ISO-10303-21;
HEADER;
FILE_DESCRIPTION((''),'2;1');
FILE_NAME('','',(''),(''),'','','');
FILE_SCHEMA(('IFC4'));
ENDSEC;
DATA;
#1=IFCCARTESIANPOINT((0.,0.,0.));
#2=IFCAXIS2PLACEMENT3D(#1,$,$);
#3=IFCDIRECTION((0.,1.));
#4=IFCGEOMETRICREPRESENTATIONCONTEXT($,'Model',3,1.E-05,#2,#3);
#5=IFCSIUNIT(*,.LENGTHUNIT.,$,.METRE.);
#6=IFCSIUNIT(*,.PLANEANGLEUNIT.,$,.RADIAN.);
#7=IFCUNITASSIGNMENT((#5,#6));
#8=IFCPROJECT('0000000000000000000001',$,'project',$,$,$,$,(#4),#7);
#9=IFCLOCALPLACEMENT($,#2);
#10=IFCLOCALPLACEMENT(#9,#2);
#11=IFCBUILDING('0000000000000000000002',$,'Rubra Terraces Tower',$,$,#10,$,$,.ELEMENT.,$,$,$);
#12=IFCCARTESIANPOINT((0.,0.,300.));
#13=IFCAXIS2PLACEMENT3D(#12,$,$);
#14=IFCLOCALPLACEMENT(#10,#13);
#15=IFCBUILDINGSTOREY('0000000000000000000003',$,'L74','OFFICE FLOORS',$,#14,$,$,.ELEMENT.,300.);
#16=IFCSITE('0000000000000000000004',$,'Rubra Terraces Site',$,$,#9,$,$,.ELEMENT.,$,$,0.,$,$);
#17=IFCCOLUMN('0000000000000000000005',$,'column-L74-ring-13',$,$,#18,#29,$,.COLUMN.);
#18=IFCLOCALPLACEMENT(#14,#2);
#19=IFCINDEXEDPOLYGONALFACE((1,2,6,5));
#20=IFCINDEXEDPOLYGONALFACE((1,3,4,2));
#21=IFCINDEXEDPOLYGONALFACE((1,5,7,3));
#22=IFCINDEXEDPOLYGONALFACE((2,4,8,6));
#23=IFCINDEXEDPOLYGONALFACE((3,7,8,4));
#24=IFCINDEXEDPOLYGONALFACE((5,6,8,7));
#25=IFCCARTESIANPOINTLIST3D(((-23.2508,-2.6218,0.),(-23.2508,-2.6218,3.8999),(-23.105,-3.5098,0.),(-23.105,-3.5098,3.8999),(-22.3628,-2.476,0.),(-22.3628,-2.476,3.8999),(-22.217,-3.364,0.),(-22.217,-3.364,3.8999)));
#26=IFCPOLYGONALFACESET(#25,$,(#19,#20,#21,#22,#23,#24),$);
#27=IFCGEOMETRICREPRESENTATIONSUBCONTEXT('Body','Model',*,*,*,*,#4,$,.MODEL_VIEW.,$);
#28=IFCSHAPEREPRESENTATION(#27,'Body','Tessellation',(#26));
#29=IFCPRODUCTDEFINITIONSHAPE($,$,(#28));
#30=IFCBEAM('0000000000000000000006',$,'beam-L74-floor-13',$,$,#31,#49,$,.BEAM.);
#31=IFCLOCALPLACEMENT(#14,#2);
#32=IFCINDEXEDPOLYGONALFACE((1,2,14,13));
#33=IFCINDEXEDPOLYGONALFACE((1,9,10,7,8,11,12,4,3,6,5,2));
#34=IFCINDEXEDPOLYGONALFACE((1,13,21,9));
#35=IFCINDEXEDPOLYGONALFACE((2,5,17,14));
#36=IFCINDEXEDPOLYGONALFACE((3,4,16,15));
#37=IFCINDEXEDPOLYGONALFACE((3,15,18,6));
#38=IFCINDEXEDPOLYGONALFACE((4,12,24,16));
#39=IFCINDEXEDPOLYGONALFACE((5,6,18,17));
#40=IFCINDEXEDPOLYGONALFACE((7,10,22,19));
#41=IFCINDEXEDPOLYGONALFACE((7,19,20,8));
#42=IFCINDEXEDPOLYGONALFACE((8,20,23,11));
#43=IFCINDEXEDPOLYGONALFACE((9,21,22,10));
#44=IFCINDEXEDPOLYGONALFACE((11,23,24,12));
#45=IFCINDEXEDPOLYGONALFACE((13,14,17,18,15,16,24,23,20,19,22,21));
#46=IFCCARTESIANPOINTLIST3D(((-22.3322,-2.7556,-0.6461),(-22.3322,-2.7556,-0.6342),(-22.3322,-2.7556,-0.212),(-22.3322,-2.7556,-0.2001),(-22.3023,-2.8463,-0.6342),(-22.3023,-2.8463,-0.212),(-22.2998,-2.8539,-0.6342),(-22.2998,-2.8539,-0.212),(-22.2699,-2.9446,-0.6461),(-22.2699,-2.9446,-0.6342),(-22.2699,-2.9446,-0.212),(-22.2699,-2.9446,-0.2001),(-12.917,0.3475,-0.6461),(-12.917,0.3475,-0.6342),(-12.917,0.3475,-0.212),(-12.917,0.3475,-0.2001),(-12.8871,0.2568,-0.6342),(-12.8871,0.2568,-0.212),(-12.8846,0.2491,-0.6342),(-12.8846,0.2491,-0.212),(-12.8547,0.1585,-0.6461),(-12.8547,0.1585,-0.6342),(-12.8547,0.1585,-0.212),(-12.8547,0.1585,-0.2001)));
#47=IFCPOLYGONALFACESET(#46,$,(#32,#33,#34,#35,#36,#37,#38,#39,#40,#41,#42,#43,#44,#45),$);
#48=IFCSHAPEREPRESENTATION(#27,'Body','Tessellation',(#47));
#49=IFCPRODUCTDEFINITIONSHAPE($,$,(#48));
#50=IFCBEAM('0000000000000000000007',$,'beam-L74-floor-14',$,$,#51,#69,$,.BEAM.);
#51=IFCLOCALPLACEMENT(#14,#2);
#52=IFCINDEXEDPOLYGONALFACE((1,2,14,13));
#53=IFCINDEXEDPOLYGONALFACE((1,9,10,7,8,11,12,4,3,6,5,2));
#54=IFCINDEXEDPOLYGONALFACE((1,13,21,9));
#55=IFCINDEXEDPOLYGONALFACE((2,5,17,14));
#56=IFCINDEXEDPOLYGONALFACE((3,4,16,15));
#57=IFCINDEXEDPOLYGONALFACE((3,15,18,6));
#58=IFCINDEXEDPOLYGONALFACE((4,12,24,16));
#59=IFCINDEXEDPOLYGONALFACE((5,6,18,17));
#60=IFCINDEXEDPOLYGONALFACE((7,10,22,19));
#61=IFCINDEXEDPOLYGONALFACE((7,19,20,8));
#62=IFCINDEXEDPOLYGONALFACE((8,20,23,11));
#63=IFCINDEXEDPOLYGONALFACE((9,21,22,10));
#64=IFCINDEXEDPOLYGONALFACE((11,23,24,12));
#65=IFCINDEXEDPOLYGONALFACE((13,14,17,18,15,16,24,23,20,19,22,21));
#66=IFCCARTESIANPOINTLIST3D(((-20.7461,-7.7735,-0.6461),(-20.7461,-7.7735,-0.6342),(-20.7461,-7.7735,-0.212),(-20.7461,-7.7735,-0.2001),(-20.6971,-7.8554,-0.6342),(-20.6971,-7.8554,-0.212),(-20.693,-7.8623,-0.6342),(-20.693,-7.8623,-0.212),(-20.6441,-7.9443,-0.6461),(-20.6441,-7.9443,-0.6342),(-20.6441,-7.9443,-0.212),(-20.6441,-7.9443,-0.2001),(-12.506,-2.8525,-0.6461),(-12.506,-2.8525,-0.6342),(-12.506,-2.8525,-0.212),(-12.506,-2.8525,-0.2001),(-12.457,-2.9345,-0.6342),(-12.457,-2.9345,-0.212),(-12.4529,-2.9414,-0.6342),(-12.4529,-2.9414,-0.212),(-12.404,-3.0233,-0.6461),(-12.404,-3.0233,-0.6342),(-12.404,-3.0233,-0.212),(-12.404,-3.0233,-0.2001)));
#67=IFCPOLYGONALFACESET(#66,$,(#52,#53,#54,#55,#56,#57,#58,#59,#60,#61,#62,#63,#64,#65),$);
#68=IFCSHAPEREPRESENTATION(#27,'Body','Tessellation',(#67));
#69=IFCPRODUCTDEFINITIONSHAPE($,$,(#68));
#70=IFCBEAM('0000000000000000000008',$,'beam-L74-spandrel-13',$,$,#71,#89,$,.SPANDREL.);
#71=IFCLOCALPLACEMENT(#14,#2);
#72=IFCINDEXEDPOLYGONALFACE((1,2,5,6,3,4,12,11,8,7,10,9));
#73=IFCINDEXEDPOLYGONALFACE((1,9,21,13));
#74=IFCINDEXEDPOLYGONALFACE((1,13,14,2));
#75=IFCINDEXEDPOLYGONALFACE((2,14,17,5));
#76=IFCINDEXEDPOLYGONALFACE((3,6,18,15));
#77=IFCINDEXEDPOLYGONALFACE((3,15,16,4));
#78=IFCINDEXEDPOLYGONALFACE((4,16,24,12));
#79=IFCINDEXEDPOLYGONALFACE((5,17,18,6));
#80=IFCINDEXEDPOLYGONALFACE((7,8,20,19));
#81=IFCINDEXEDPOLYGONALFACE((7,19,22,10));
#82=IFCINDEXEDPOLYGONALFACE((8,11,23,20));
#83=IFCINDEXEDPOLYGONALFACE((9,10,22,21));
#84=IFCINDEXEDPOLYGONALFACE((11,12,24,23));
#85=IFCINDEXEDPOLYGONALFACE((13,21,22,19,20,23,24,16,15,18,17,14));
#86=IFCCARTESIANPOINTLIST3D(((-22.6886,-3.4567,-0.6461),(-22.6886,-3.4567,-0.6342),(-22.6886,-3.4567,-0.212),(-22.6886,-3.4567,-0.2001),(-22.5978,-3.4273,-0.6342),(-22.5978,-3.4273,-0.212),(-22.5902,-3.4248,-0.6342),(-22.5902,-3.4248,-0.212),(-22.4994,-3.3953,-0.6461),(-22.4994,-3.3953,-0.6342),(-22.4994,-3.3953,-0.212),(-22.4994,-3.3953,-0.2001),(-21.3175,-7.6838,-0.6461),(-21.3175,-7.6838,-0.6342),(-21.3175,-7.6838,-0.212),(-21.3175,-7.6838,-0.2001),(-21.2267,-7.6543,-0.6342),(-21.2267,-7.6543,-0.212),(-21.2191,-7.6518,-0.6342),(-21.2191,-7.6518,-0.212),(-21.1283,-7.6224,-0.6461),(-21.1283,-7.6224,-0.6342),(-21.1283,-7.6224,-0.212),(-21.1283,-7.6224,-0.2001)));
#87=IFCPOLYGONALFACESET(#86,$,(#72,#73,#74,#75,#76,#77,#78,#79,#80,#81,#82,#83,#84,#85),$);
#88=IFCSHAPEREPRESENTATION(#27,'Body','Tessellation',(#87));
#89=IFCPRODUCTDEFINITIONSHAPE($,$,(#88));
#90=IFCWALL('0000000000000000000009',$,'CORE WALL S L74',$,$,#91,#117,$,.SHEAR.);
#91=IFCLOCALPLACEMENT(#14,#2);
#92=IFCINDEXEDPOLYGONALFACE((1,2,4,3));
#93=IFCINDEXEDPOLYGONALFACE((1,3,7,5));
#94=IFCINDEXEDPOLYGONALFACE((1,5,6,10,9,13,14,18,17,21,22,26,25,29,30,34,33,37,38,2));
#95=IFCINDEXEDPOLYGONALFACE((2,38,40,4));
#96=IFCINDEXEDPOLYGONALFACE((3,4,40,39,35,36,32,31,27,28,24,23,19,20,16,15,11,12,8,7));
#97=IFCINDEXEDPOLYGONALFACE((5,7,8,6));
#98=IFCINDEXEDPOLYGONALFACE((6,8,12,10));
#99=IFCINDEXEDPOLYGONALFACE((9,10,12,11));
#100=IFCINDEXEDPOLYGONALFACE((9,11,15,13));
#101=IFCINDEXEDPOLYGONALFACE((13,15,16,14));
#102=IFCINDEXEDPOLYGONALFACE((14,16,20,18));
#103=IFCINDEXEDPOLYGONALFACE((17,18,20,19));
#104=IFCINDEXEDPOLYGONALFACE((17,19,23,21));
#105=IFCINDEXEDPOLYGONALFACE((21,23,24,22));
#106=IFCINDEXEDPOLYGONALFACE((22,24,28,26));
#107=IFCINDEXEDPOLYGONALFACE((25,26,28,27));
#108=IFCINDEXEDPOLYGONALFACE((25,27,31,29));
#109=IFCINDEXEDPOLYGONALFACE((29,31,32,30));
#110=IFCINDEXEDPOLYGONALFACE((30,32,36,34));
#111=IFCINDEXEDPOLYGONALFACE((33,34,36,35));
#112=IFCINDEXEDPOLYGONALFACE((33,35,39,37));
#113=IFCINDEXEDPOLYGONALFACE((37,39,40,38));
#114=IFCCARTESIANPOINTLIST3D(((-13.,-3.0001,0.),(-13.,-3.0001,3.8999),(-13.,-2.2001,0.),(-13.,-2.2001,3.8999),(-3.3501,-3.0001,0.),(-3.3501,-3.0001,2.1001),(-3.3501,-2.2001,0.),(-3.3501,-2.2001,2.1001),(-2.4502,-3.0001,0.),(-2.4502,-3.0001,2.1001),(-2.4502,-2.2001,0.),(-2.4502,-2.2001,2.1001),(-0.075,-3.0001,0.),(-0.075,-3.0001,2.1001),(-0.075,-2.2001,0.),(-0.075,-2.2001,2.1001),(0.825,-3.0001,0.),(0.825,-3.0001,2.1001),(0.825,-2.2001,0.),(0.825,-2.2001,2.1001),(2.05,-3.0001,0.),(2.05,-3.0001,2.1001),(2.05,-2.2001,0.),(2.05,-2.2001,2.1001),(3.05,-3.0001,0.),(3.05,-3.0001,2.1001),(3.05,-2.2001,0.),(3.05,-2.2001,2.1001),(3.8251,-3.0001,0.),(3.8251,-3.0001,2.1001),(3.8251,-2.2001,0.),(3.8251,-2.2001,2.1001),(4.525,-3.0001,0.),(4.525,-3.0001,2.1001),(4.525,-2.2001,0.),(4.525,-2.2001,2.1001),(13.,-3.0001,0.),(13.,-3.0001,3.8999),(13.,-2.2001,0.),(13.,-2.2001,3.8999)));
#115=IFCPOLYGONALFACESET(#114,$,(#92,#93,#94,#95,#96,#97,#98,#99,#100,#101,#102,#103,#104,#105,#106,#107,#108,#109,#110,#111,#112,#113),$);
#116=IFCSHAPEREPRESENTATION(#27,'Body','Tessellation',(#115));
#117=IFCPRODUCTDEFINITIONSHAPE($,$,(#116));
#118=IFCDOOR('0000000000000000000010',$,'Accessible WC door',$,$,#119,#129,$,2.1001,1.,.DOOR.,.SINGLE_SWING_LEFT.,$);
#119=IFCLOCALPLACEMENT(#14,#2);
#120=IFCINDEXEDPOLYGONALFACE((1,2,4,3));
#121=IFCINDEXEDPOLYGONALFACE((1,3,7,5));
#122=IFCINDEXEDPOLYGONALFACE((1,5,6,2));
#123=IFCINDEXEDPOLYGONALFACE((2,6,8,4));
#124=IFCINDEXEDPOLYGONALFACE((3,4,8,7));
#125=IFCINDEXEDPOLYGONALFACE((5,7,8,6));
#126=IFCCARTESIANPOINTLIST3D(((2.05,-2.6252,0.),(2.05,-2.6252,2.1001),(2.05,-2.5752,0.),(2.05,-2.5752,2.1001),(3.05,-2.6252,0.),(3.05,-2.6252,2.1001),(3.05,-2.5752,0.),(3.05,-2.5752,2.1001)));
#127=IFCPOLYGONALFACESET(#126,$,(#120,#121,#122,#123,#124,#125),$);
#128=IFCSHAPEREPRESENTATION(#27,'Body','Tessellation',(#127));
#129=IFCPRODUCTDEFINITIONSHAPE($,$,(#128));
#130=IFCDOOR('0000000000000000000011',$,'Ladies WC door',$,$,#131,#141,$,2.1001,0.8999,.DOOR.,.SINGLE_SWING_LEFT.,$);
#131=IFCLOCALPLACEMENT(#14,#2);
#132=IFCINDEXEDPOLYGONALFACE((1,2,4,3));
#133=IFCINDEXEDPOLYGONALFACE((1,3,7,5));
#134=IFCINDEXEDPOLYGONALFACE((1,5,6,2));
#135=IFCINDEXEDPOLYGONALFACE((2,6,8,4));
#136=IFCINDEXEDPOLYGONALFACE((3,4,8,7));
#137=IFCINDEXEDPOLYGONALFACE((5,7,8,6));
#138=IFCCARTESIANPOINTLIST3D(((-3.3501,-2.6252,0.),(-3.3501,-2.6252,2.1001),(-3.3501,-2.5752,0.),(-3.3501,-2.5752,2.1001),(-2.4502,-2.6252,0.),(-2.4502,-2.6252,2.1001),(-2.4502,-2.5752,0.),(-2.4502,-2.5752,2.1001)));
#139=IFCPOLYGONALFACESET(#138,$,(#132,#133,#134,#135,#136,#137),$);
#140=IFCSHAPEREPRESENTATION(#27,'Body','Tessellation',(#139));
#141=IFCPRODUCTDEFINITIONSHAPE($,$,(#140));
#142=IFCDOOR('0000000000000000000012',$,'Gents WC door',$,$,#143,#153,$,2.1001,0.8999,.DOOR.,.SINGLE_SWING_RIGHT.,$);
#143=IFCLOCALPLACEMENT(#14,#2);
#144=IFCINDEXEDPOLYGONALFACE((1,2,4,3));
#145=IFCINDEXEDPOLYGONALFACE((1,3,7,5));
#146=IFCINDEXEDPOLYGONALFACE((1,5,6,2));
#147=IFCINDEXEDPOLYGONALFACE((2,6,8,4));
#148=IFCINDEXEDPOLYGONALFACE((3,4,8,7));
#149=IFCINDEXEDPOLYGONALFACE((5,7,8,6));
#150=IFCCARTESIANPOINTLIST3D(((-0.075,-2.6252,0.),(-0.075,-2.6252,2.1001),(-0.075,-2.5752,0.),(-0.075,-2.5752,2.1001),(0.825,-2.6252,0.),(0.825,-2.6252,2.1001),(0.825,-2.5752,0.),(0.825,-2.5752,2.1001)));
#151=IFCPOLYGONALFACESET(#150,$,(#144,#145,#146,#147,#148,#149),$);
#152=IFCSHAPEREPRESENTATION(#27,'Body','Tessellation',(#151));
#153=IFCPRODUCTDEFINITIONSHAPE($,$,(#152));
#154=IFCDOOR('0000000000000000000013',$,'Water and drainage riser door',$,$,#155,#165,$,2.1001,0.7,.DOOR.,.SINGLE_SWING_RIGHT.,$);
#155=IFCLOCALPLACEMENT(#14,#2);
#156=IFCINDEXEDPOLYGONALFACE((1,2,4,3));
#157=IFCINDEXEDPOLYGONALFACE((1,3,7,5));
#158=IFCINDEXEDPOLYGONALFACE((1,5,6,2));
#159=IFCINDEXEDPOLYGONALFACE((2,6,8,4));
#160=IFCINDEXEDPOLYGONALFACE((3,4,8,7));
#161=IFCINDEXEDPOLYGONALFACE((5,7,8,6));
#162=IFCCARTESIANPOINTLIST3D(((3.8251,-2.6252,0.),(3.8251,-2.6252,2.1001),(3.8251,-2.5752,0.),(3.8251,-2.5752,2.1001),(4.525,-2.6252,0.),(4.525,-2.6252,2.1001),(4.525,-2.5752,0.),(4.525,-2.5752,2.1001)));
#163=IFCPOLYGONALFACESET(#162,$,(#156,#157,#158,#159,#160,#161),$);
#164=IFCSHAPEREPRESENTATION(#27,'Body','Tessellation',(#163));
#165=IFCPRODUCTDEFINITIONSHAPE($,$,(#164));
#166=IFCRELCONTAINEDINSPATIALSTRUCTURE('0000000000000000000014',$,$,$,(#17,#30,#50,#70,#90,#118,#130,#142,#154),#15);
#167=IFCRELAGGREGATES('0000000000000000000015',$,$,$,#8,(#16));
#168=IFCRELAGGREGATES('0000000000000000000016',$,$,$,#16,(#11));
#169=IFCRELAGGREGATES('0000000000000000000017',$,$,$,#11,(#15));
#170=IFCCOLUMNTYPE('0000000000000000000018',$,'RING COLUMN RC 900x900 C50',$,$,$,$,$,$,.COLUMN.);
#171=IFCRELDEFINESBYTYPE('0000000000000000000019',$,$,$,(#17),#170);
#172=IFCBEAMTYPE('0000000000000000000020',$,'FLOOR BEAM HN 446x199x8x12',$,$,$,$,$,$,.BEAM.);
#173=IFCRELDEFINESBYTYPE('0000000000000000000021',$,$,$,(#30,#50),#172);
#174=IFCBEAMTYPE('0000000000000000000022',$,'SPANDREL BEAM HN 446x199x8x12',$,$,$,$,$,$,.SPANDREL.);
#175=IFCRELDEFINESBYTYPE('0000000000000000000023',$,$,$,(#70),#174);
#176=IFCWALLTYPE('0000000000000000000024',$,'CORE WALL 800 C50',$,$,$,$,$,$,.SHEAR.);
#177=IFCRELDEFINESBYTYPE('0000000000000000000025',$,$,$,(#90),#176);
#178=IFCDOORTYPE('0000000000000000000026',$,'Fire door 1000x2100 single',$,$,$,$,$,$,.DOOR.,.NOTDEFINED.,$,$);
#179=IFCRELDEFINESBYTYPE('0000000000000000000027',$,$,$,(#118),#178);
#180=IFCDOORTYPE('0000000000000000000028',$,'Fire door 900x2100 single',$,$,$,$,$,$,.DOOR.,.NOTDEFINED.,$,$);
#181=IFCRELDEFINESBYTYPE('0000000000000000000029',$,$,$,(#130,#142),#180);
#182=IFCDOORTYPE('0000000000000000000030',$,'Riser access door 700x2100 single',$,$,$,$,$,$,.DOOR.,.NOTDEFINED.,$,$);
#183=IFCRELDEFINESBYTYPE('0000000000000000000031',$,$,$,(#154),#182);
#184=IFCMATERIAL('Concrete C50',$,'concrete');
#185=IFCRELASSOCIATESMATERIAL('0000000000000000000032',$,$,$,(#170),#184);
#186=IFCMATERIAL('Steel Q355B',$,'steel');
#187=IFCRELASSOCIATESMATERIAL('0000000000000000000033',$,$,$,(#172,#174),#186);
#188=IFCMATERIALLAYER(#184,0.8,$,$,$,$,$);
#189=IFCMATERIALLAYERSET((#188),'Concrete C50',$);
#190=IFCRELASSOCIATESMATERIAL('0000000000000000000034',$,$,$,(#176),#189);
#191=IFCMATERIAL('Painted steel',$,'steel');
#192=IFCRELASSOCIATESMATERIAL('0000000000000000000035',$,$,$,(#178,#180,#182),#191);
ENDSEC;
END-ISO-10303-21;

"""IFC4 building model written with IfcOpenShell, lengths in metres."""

from ifc_helpers import new_model, si_unit, direction, frame, frame_2d, origin, origin_2d, place, context, subcontext, project, spatial, rectangle, i_section, extrude, material, layer, layer_set, material_profile, profile_set, type_object, element, fill, save


model = new_model("IFC4")

# Units and contexts
model_context = context("Model", 3, precision=1e-05, world=origin(), true_north=direction((0.0, 1.0)))
body_context = subcontext(model_context, "Body", "Model", "MODEL_VIEW")
ifc_project = project(units=[si_unit("LENGTHUNIT", "METRE"), si_unit("PLANEANGLEUNIT", "RADIAN")], contexts=[model_context])

# Site, building, storey
site_placement = place(None, origin())
site = spatial("IfcSite", under=ifc_project, at=site_placement, Name="Rubra Terraces Site", CompositionType="ELEMENT", RefElevation=0.0)
building_placement = place(site_placement, origin())
building = spatial("IfcBuilding", under=site, at=building_placement, Name="Rubra Terraces Tower", CompositionType="ELEMENT")
storey_placement = place(building_placement, frame((0.0, 0.0, 300.0)))
storey = spatial("IfcBuildingStorey", under=building, at=storey_placement, Name="L74", Description="OFFICE FLOORS", CompositionType="ELEMENT", Elevation=300.0)

# Column
ifc_material_1 = material(Name="Concrete C50", Category="concrete")
ifc_material_profile_1 = material_profile(ifc_material_1, rectangle(XDim=0.8999, YDim=0.8999, at=origin_2d()), Name="RC 900x900")
ifc_profile_set_1 = profile_set([ifc_material_profile_1], Name="Concrete C50")
column_type = type_object("IfcColumnType", Name="RING COLUMN RC 900x900 C50", PredefinedType="COLUMN", material=ifc_profile_set_1)
column_placement = place(storey_placement, frame((-22.7339, -2.9929, 0.0), z_axis=(0.0, 0.0, 1.0), x_axis=(0.162062, -0.986781, 0.0)))
element("IfcColumn", 1, at=column_placement, inside=storey, type_object=column_type, Name="column-L74-ring-13", PredefinedType="COLUMN", context=body_context, shape_type="SweptSolid", body=[
    extrude(rectangle(XDim=0.8999, YDim=0.8999, at=origin_2d()), origin(), (0.0, 0.0, 1.0), 3.8999),
])

# Beams
ifc_material_2 = material(Name="Steel Q355B", Category="steel")
ifc_material_profile_2 = material_profile(ifc_material_2, i_section(OverallWidth=0.199, OverallDepth=0.446, WebThickness=0.0081, FlangeThickness=0.012, at=origin_2d()), Name="HN 446x199x8x12")
ifc_profile_set_2 = profile_set([ifc_material_profile_2], Name="Steel Q355B")
beam_type_1 = type_object("IfcBeamType", Name="FLOOR BEAM HN 446x199x8x12", PredefinedType="BEAM", material=ifc_profile_set_2)
beam_1_placement = place(storey_placement, frame((-22.301, -2.8501, -0.4231), z_axis=(0.949747, 0.313019, 0.0), x_axis=(-0.313019, 0.949747, 0.0)))
element("IfcBeam", 2, at=beam_1_placement, inside=storey, type_object=beam_type_1, Name="beam-L74-floor-13", PredefinedType="BEAM", context=body_context, shape_type="SweptSolid", body=[
    extrude(i_section(OverallWidth=0.199, OverallDepth=0.446, WebThickness=0.0081, FlangeThickness=0.012, at=origin_2d()), origin(), (0.0, 0.0, 1.0), 9.9133),
])
beam_2_placement = place(storey_placement, frame((-20.6951, -7.8589, -0.4231), z_axis=(0.858553, 0.512725, 0.0), x_axis=(-0.512725, 0.858553, 0.0)))
element("IfcBeam", 3, at=beam_2_placement, inside=storey, type_object=beam_type_1, Name="beam-L74-floor-14", PredefinedType="BEAM", context=body_context, shape_type="SweptSolid", body=[
    extrude(i_section(OverallWidth=0.199, OverallDepth=0.446, WebThickness=0.0081, FlangeThickness=0.012, at=origin_2d()), origin(), (0.0, 0.0, 1.0), 9.5977),
])
ifc_material_profile_3 = material_profile(ifc_material_2, i_section(OverallWidth=0.199, OverallDepth=0.446, WebThickness=0.0081, FlangeThickness=0.012, at=origin_2d()), Name="HN 446x199x8x12")
ifc_profile_set_3 = profile_set([ifc_material_profile_3], Name="Steel Q355B")
beam_type_2 = type_object("IfcBeamType", Name="SPANDREL BEAM HN 446x199x8x12", PredefinedType="SPANDREL", material=ifc_profile_set_3)
beam_3_placement = place(storey_placement, frame((-22.594, -3.426, -0.4231), z_axis=(0.308537, -0.951212, 0.0), x_axis=(0.951212, 0.308537, 0.0)))
element("IfcBeam", 4, at=beam_3_placement, inside=storey, type_object=beam_type_2, Name="beam-L74-spandrel-13", PredefinedType="SPANDREL", context=body_context, shape_type="SweptSolid", body=[
    extrude(i_section(OverallWidth=0.199, OverallDepth=0.446, WebThickness=0.0081, FlangeThickness=0.012, at=origin_2d()), origin(), (0.0, 0.0, 1.0), 4.4438),
])

# Wall, openings, doors
ifc_layer_1 = layer(ifc_material_1, 0.8)
ifc_layer_set_1 = layer_set([ifc_layer_1], Name="Concrete C50")
wall_type_1 = type_object("IfcWallType", Name="CORE WALL 800 C50", PredefinedType="SHEAR", material=ifc_layer_set_1)
wall_1_placement = place(storey_placement, frame((-13.0, -2.6001, 0.0), z_axis=(0.0, 0.0, 1.0), x_axis=(1.0, 0.0, 0.0)))
wall_1 = element("IfcWall", 5, at=wall_1_placement, inside=storey, type_object=wall_type_1, Name="CORE WALL S L74", PredefinedType="SHEAR", context=body_context, shape_type="SweptSolid", body=[
    extrude(rectangle(XDim=26.0, YDim=0.8, at=frame_2d((13.0, 0.0))), origin(), (0.0, 0.0, 1.0), 3.8999),
])
opening_1_placement = place(wall_1_placement, frame((9.6499, 0.0, 0.0)))
opening_1 = element("IfcOpeningElement", 6, at=opening_1_placement, cuts=wall_1, PredefinedType="OPENING", context=body_context, shape_type="SweptSolid", body=[
    extrude(rectangle(XDim=0.8999, YDim=2.1001, at=frame_2d((0.45, 1.05))), frame((0.0, 0.4099, 0.0), z_axis=(0.0, -1.0, 0.0), x_axis=(1.0, 0.0, 0.0)), (0.0, 0.0, 1.0), 0.8201),
])
opening_2_placement = place(wall_1_placement, frame((12.925, 0.0, 0.0)))
opening_2 = element("IfcOpeningElement", 7, at=opening_2_placement, cuts=wall_1, PredefinedType="OPENING", context=body_context, shape_type="SweptSolid", body=[
    extrude(rectangle(XDim=0.8999, YDim=2.1001, at=frame_2d((0.45, 1.05))), frame((0.0, 0.4099, 0.0), z_axis=(0.0, -1.0, 0.0), x_axis=(1.0, 0.0, 0.0)), (0.0, 0.0, 1.0), 0.8201),
])
opening_3_placement = place(wall_1_placement, frame((15.05, 0.0, 0.0)))
opening_3 = element("IfcOpeningElement", 8, at=opening_3_placement, cuts=wall_1, PredefinedType="OPENING", context=body_context, shape_type="SweptSolid", body=[
    extrude(rectangle(XDim=1.0, YDim=2.1001, at=frame_2d((0.5, 1.05))), frame((0.0, 0.4099, 0.0), z_axis=(0.0, -1.0, 0.0), x_axis=(1.0, 0.0, 0.0)), (0.0, 0.0, 1.0), 0.8201),
])
opening_4_placement = place(wall_1_placement, frame((16.825, 0.0, 0.0)))
opening_4 = element("IfcOpeningElement", 9, at=opening_4_placement, cuts=wall_1, PredefinedType="OPENING", context=body_context, shape_type="SweptSolid", body=[
    extrude(rectangle(XDim=0.7, YDim=2.1001, at=frame_2d((0.3501, 1.05))), frame((0.0, 0.4099, 0.0), z_axis=(0.0, -1.0, 0.0), x_axis=(1.0, 0.0, 0.0)), (0.0, 0.0, 1.0), 0.8201),
])
ifc_material_3 = material(Name="Painted steel", Category="steel")
door_type_1 = type_object("IfcDoorType", Name="Fire door 1000x2100 single", OperationType="NOTDEFINED", PredefinedType="DOOR", material=ifc_material_3)
door_1_placement = place(opening_3_placement, origin())
door_1 = element("IfcDoor", 10, at=door_1_placement, inside=storey, type_object=door_type_1, Name="Accessible WC door", OperationType="SINGLE_SWING_LEFT", OverallHeight=2.1001, OverallWidth=1.0, PredefinedType="DOOR", context=body_context, shape_type="SweptSolid", body=[
    extrude(rectangle(XDim=1.0, YDim=2.1001, at=frame_2d((0.5, 1.05))), frame((0.0, 0.0249, 0.0), z_axis=(0.0, -1.0, 0.0), x_axis=(1.0, 0.0, 0.0)), (0.0, 0.0, 1.0), 0.05),
])
fill(opening_3, door_1)
door_type_2 = type_object("IfcDoorType", Name="Fire door 900x2100 single", OperationType="NOTDEFINED", PredefinedType="DOOR", material=ifc_material_3)
door_2_placement = place(opening_1_placement, origin())
door_2 = element("IfcDoor", 11, at=door_2_placement, inside=storey, type_object=door_type_2, Name="Ladies WC door", OperationType="SINGLE_SWING_LEFT", OverallHeight=2.1001, OverallWidth=0.8999, PredefinedType="DOOR", context=body_context, shape_type="SweptSolid", body=[
    extrude(rectangle(XDim=0.8999, YDim=2.1001, at=frame_2d((0.45, 1.05))), frame((0.0, 0.0249, 0.0), z_axis=(0.0, -1.0, 0.0), x_axis=(1.0, 0.0, 0.0)), (0.0, 0.0, 1.0), 0.05),
])
fill(opening_1, door_2)
door_3_placement = place(opening_2_placement, origin())
door_3 = element("IfcDoor", 12, at=door_3_placement, inside=storey, type_object=door_type_2, Name="Gents WC door", OperationType="SINGLE_SWING_RIGHT", OverallHeight=2.1001, OverallWidth=0.8999, PredefinedType="DOOR", context=body_context, shape_type="SweptSolid", body=[
    extrude(rectangle(XDim=0.8999, YDim=2.1001, at=frame_2d((0.45, 1.05))), frame((0.0, 0.0249, 0.0), z_axis=(0.0, -1.0, 0.0), x_axis=(1.0, 0.0, 0.0)), (0.0, 0.0, 1.0), 0.05),
])
fill(opening_2, door_3)
door_type_3 = type_object("IfcDoorType", Name="Riser access door 700x2100 single", OperationType="NOTDEFINED", PredefinedType="DOOR", material=ifc_material_3)
door_4_placement = place(opening_4_placement, origin())
door_4 = element("IfcDoor", 13, at=door_4_placement, inside=storey, type_object=door_type_3, Name="Water and drainage riser door", OperationType="SINGLE_SWING_RIGHT", OverallHeight=2.1001, OverallWidth=0.7, PredefinedType="DOOR", context=body_context, shape_type="SweptSolid", body=[
    extrude(rectangle(XDim=0.7, YDim=2.1001, at=frame_2d((0.3501, 1.05))), frame((0.0, 0.0249, 0.0), z_axis=(0.0, -1.0, 0.0), x_axis=(1.0, 0.0, 0.0)), (0.0, 0.0, 1.0), 0.05),
])
fill(opening_4, door_4)

save(model, "model.ifc")
